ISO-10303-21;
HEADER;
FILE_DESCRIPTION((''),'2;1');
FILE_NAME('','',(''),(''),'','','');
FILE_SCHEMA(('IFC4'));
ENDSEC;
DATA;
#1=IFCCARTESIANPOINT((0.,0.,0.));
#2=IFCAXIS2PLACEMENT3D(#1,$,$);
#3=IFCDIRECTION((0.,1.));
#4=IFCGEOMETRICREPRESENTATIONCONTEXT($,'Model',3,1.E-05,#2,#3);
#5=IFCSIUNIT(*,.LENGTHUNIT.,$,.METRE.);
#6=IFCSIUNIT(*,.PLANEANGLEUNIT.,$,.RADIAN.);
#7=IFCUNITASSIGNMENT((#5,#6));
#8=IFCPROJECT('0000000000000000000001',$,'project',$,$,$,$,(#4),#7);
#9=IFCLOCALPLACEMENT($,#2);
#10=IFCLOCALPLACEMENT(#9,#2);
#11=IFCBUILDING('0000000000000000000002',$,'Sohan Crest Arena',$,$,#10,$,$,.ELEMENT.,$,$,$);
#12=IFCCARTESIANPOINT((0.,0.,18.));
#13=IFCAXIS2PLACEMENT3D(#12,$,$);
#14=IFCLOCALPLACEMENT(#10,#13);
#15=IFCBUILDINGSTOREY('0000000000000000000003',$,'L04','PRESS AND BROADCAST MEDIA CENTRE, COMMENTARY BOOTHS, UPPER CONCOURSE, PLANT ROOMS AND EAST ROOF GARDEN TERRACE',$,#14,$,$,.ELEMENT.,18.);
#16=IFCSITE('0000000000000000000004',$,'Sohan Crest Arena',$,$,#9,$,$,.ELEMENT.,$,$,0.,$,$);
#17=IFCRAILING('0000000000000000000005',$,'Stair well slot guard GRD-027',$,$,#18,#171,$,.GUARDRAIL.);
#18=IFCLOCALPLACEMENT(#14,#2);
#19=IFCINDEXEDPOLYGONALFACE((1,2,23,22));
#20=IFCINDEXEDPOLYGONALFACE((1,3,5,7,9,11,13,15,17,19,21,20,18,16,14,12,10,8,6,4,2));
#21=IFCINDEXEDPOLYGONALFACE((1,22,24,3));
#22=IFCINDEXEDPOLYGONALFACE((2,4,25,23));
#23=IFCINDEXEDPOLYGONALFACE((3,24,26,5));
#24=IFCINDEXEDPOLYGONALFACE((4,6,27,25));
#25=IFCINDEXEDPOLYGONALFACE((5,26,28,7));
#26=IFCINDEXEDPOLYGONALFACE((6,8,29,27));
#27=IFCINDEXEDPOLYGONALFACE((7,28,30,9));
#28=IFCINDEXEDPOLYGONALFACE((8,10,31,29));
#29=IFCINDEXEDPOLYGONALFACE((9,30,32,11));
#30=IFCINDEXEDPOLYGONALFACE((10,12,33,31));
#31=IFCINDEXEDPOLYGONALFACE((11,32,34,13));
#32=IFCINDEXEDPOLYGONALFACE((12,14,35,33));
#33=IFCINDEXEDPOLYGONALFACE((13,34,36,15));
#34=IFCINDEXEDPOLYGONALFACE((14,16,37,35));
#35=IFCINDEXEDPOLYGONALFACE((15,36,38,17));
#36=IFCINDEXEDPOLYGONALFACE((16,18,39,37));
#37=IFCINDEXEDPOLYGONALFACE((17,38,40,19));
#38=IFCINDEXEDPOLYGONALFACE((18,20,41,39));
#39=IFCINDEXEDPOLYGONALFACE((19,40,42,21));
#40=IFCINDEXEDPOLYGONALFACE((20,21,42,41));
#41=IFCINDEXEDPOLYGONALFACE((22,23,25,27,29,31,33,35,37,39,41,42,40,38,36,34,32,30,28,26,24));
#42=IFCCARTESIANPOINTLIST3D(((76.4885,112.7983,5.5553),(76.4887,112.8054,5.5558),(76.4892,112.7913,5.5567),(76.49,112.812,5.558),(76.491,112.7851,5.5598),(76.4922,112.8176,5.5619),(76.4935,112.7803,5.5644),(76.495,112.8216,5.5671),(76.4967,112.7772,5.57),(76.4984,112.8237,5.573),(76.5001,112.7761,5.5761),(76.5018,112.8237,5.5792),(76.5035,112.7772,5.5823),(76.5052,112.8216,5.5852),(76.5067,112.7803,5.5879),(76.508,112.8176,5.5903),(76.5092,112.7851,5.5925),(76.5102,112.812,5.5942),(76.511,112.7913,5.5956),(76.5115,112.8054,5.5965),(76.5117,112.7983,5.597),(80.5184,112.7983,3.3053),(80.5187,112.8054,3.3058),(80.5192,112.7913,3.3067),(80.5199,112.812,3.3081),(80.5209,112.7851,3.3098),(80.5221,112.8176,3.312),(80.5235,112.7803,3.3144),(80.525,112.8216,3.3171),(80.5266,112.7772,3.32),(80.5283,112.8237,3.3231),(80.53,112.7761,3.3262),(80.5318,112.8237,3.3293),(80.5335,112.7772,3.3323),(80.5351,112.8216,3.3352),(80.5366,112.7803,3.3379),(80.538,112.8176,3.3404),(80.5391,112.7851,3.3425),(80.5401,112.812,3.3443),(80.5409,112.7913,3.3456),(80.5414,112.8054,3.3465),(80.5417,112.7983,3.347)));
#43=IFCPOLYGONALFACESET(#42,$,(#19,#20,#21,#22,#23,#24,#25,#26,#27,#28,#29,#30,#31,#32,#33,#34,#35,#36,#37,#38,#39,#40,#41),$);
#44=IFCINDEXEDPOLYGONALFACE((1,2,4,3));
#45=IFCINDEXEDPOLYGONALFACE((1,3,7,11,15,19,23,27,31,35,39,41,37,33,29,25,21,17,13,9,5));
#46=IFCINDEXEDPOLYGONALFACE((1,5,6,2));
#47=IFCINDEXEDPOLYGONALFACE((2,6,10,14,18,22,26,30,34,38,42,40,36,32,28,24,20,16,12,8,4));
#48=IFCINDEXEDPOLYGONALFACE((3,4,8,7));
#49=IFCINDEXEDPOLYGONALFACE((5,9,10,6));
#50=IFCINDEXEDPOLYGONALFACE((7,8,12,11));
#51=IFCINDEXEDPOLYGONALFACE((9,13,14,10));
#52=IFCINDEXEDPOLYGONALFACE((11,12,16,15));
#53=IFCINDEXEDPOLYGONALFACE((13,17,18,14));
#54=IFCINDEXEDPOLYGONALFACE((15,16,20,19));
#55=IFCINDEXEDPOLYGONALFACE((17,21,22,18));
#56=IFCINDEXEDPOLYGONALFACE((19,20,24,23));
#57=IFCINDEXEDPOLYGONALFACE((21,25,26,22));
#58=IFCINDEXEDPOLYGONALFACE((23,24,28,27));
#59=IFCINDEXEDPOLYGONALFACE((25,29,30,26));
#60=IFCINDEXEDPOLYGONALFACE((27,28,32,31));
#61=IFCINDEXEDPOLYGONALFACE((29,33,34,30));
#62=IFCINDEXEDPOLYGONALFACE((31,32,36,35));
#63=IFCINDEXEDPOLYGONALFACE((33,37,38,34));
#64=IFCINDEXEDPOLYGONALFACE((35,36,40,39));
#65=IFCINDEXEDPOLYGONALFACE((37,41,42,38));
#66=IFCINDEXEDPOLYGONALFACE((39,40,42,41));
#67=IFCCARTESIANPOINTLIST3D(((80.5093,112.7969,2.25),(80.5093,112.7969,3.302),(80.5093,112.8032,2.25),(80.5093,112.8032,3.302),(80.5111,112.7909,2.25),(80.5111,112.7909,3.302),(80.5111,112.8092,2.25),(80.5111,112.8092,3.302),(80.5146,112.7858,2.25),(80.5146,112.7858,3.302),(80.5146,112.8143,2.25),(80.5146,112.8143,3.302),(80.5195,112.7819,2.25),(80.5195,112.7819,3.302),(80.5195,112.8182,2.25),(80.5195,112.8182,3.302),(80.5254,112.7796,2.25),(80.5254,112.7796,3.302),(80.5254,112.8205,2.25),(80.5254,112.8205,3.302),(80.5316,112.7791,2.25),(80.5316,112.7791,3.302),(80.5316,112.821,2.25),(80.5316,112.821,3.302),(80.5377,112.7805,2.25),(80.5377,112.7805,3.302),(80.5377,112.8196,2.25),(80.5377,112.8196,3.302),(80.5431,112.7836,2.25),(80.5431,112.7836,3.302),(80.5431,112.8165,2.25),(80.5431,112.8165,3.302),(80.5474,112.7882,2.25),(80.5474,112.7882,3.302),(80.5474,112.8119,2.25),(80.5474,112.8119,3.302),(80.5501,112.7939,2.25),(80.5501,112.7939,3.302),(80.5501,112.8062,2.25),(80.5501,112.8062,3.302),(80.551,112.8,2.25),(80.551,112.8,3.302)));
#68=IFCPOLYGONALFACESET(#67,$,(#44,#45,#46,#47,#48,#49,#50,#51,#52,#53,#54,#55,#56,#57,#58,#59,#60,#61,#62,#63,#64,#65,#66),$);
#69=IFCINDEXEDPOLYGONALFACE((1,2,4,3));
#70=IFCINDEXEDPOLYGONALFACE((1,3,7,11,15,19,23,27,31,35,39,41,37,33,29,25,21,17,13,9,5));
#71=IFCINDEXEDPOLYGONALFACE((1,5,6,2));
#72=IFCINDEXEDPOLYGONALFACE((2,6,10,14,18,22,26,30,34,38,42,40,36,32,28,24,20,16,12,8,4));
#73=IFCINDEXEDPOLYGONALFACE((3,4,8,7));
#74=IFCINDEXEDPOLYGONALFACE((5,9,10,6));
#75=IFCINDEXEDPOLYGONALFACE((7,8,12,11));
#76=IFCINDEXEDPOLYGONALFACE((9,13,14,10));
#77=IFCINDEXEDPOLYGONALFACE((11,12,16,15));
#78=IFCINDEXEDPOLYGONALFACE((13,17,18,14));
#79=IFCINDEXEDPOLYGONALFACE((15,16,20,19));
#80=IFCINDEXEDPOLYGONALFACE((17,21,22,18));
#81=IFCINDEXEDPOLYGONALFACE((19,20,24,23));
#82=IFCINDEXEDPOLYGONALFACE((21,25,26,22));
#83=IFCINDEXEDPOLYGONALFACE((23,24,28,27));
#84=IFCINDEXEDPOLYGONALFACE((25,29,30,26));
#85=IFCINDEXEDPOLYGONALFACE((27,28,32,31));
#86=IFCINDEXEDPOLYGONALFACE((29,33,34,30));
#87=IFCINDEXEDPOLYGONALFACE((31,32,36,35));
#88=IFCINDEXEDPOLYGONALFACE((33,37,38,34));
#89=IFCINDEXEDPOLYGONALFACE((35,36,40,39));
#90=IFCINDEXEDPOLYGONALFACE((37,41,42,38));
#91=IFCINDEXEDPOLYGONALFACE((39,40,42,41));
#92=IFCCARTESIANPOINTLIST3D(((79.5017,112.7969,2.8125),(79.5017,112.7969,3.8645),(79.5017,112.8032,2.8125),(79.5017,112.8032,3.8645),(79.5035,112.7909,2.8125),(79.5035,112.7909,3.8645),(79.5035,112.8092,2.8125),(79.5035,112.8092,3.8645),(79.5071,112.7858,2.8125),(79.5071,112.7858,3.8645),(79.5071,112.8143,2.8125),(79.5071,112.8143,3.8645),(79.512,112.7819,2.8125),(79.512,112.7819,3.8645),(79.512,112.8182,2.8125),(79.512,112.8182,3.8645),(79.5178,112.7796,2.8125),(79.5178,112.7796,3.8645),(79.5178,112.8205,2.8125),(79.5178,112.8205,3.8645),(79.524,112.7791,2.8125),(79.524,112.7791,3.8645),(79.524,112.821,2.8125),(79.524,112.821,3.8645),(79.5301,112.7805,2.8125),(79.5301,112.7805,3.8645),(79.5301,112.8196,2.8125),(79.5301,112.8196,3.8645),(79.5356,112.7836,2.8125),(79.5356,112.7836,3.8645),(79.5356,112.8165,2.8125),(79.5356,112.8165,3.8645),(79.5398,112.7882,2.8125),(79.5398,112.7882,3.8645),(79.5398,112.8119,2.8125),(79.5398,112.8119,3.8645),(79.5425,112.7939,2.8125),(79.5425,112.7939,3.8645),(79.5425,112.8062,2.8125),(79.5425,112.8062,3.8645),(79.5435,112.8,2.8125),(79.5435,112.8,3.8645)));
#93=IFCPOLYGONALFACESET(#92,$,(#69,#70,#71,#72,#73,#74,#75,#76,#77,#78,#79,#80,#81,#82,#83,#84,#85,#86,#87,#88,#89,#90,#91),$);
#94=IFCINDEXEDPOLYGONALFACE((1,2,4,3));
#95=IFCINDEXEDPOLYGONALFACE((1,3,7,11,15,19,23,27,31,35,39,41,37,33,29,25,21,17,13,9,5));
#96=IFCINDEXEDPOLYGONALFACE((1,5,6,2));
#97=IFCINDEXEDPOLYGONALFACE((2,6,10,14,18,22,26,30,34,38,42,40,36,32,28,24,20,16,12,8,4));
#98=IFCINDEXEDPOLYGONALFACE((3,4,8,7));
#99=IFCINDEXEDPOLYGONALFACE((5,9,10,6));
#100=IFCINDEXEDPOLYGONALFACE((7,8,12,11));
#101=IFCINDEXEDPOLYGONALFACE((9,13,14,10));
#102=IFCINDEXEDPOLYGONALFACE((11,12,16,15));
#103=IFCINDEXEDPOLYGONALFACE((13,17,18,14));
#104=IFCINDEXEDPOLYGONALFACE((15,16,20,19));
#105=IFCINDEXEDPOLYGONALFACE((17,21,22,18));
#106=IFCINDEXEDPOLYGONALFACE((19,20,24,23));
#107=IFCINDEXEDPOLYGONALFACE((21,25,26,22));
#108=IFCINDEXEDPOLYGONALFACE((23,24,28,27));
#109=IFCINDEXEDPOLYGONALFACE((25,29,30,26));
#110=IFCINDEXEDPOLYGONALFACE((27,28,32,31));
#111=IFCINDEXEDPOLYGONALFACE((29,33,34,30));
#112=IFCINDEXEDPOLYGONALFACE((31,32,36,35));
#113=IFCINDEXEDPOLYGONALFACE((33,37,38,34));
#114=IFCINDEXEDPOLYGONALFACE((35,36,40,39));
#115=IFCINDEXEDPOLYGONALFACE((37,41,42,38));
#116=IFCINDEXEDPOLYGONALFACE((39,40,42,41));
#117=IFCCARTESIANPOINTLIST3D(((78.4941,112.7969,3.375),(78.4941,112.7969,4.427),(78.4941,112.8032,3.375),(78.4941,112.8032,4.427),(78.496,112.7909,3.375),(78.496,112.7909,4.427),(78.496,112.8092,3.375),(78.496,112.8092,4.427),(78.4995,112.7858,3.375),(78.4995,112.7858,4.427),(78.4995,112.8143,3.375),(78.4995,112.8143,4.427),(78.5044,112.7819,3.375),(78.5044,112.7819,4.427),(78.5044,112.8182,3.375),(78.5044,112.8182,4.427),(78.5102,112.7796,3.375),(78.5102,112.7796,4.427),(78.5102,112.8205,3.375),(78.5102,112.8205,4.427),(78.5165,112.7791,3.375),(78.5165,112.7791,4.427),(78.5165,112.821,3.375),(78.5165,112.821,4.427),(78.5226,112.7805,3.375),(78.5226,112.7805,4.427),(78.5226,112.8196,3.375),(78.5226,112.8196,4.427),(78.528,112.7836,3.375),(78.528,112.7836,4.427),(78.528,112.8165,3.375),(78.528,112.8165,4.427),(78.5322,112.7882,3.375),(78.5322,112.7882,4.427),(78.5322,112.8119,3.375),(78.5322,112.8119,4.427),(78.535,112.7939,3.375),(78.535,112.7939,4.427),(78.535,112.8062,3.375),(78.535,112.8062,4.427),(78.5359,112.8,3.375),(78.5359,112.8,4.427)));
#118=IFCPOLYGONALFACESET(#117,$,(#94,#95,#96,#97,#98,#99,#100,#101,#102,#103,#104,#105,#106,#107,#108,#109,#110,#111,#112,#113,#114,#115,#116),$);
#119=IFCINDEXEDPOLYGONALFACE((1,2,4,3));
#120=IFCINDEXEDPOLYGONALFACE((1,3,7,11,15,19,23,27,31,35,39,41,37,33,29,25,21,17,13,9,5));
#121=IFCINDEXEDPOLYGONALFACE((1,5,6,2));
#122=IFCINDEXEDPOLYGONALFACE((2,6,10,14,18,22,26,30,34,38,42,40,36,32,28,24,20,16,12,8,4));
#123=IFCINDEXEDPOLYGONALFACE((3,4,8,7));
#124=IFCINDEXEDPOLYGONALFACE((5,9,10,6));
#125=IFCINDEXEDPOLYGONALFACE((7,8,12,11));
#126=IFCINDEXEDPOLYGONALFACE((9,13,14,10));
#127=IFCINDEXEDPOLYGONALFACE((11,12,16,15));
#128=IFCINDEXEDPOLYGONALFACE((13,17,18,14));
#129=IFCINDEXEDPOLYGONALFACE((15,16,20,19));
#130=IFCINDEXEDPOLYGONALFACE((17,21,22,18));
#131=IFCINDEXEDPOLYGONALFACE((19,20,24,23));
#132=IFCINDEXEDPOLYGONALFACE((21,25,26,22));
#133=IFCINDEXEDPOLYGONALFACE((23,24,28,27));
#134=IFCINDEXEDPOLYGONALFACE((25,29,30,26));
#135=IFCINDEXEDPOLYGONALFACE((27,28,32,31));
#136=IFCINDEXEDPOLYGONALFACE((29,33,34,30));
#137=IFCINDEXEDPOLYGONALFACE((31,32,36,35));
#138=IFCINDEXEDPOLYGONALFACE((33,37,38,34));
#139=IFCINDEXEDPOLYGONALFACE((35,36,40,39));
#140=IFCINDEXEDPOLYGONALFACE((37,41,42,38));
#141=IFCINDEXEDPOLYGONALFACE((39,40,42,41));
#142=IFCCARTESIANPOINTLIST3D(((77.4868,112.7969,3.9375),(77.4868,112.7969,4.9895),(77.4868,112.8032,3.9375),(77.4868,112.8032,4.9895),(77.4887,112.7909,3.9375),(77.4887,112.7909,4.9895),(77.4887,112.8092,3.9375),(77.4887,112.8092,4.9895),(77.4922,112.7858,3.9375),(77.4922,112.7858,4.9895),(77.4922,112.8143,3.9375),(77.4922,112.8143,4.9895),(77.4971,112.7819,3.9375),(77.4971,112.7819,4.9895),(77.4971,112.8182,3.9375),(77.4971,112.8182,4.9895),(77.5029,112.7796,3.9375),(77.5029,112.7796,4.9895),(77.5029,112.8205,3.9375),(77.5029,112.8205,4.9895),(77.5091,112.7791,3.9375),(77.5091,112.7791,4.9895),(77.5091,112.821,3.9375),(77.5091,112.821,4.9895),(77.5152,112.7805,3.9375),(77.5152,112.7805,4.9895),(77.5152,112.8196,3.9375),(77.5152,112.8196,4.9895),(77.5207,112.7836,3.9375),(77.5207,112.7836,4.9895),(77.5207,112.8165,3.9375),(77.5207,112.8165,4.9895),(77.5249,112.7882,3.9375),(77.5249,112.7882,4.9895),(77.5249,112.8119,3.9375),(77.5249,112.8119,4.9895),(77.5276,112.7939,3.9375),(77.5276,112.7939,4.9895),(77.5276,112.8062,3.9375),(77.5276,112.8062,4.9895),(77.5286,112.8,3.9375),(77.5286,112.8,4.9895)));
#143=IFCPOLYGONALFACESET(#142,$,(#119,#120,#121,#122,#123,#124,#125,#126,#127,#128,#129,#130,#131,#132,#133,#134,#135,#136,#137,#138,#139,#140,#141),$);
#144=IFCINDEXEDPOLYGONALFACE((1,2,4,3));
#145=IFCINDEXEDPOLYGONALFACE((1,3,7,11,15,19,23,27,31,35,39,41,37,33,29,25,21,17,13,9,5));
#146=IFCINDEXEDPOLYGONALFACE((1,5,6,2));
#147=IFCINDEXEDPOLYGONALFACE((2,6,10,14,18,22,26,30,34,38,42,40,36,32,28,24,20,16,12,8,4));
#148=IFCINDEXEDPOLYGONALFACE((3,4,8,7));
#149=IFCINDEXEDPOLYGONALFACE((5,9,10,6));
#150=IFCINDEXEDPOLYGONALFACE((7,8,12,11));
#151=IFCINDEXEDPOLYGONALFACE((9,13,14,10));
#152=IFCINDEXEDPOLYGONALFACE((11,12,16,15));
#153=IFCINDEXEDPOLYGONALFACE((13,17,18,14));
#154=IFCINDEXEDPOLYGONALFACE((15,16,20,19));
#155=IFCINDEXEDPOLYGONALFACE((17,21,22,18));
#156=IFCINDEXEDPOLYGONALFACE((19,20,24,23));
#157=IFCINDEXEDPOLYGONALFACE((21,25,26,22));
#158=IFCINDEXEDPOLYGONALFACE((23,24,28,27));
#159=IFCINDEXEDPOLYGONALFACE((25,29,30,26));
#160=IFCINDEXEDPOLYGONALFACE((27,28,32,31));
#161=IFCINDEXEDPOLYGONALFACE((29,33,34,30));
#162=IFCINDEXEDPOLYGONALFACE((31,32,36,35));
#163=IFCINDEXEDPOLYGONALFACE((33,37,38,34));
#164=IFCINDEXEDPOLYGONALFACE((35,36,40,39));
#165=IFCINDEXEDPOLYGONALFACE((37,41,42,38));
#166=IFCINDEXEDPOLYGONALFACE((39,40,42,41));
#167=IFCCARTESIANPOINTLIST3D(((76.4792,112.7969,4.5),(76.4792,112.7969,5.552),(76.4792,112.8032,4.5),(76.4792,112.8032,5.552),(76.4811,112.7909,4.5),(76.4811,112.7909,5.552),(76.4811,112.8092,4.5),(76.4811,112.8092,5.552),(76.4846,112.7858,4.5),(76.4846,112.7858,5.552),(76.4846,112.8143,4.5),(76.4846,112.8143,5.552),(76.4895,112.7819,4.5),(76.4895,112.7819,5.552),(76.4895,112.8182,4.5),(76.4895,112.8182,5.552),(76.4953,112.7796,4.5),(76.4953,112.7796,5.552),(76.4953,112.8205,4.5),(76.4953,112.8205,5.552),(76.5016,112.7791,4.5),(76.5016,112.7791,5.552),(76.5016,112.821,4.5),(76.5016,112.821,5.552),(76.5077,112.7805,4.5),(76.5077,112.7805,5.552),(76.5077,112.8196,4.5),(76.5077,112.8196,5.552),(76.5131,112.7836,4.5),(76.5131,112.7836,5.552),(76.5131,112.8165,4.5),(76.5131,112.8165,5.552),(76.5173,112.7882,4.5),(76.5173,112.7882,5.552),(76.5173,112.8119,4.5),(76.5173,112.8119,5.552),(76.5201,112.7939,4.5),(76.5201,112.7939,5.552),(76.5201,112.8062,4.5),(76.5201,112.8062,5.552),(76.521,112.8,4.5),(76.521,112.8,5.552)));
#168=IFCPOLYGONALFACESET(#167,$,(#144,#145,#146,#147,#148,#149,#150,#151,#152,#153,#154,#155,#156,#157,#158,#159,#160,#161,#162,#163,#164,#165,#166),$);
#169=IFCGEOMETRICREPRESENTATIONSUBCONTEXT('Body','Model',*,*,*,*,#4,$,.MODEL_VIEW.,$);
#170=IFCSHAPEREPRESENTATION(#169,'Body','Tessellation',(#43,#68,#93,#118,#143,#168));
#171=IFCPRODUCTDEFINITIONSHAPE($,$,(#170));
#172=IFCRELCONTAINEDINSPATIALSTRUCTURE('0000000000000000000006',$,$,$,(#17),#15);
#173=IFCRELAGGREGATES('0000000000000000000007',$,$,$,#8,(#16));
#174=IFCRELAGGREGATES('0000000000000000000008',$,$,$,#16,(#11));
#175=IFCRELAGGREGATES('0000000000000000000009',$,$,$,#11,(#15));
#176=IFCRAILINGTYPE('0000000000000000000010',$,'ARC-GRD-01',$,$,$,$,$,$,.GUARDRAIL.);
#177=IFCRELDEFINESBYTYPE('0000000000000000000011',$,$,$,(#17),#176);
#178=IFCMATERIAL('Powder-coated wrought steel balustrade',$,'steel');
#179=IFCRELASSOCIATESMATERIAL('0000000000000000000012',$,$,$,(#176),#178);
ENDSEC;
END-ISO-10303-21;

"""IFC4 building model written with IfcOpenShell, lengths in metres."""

from ifc_helpers import new_model, si_unit, direction, frame, origin, origin_2d, place, context, subcontext, project, spatial, circle, extrude, material, type_object, element, save


model = new_model("IFC4")

# Units and contexts
model_context = context("Model", 3, precision=1e-05, world=origin(), true_north=direction((0.0, 1.0)))
body_context = subcontext(model_context, "Body", "Model", "MODEL_VIEW")
ifc_project = project(units=[si_unit("LENGTHUNIT", "METRE"), si_unit("PLANEANGLEUNIT", "RADIAN")], contexts=[model_context])

# Site, building, storey
site_placement = place(None, origin())
site = spatial("IfcSite", under=ifc_project, at=site_placement, Name="Sohan Crest Arena", CompositionType="ELEMENT", RefElevation=0.0)
building_placement = place(site_placement, origin())
building = spatial("IfcBuilding", under=site, at=building_placement, Name="Sohan Crest Arena", CompositionType="ELEMENT")
storey_placement = place(building_placement, frame((0.0, 0.0, 18.0)))
storey = spatial("IfcBuildingStorey", under=building, at=storey_placement, Name="L04", Description="PRESS AND BROADCAST MEDIA CENTRE, COMMENTARY BOOTHS, UPPER CONCOURSE, PLANT ROOMS AND EAST ROOF GARDEN TERRACE", CompositionType="ELEMENT", Elevation=18.0)

# Railing
ifc_material_1 = material(Name="Powder-coated wrought steel balustrade", Category="steel")
railing_type_1 = type_object("IfcRailingType", Name="ARC-GRD-01", PredefinedType="GUARDRAIL", material=ifc_material_1)
railing_1_placement = place(storey_placement, frame((80.53, 112.8, 2.25)))
element("IfcRailing", 1, at=railing_1_placement, inside=storey, type_object=railing_type_1, Name="Stair well slot guard GRD-027", PredefinedType="GUARDRAIL", context=body_context, shape_type="SweptSolid", body=[
    extrude(circle(Radius=0.0239, at=origin_2d()), frame((0.0, 0.0, 1.0762), z_axis=(-0.873135, 0.0, 0.487479), x_axis=(0.0, -1.0, 0.0)), (0.0, 0.0, 1.0), 4.6155),
    extrude(circle(Radius=0.021, at=origin_2d()), origin(), (0.0, 0.0, 1.0), 1.052),
    extrude(circle(Radius=0.021, at=origin_2d()), frame((-1.0076, 0.0, 0.5625)), (0.0, 0.0, 1.0), 1.052),
    extrude(circle(Radius=0.021, at=origin_2d()), frame((-2.0151, 0.0, 1.125)), (0.0, 0.0, 1.0), 1.052),
    extrude(circle(Radius=0.021, at=origin_2d()), frame((-3.0225, 0.0, 1.6875)), (0.0, 0.0, 1.0), 1.052),
    extrude(circle(Radius=0.021, at=origin_2d()), frame((-4.03, 0.0, 2.25)), (0.0, 0.0, 1.0), 1.052),
])

save(model, "model.ifc")
